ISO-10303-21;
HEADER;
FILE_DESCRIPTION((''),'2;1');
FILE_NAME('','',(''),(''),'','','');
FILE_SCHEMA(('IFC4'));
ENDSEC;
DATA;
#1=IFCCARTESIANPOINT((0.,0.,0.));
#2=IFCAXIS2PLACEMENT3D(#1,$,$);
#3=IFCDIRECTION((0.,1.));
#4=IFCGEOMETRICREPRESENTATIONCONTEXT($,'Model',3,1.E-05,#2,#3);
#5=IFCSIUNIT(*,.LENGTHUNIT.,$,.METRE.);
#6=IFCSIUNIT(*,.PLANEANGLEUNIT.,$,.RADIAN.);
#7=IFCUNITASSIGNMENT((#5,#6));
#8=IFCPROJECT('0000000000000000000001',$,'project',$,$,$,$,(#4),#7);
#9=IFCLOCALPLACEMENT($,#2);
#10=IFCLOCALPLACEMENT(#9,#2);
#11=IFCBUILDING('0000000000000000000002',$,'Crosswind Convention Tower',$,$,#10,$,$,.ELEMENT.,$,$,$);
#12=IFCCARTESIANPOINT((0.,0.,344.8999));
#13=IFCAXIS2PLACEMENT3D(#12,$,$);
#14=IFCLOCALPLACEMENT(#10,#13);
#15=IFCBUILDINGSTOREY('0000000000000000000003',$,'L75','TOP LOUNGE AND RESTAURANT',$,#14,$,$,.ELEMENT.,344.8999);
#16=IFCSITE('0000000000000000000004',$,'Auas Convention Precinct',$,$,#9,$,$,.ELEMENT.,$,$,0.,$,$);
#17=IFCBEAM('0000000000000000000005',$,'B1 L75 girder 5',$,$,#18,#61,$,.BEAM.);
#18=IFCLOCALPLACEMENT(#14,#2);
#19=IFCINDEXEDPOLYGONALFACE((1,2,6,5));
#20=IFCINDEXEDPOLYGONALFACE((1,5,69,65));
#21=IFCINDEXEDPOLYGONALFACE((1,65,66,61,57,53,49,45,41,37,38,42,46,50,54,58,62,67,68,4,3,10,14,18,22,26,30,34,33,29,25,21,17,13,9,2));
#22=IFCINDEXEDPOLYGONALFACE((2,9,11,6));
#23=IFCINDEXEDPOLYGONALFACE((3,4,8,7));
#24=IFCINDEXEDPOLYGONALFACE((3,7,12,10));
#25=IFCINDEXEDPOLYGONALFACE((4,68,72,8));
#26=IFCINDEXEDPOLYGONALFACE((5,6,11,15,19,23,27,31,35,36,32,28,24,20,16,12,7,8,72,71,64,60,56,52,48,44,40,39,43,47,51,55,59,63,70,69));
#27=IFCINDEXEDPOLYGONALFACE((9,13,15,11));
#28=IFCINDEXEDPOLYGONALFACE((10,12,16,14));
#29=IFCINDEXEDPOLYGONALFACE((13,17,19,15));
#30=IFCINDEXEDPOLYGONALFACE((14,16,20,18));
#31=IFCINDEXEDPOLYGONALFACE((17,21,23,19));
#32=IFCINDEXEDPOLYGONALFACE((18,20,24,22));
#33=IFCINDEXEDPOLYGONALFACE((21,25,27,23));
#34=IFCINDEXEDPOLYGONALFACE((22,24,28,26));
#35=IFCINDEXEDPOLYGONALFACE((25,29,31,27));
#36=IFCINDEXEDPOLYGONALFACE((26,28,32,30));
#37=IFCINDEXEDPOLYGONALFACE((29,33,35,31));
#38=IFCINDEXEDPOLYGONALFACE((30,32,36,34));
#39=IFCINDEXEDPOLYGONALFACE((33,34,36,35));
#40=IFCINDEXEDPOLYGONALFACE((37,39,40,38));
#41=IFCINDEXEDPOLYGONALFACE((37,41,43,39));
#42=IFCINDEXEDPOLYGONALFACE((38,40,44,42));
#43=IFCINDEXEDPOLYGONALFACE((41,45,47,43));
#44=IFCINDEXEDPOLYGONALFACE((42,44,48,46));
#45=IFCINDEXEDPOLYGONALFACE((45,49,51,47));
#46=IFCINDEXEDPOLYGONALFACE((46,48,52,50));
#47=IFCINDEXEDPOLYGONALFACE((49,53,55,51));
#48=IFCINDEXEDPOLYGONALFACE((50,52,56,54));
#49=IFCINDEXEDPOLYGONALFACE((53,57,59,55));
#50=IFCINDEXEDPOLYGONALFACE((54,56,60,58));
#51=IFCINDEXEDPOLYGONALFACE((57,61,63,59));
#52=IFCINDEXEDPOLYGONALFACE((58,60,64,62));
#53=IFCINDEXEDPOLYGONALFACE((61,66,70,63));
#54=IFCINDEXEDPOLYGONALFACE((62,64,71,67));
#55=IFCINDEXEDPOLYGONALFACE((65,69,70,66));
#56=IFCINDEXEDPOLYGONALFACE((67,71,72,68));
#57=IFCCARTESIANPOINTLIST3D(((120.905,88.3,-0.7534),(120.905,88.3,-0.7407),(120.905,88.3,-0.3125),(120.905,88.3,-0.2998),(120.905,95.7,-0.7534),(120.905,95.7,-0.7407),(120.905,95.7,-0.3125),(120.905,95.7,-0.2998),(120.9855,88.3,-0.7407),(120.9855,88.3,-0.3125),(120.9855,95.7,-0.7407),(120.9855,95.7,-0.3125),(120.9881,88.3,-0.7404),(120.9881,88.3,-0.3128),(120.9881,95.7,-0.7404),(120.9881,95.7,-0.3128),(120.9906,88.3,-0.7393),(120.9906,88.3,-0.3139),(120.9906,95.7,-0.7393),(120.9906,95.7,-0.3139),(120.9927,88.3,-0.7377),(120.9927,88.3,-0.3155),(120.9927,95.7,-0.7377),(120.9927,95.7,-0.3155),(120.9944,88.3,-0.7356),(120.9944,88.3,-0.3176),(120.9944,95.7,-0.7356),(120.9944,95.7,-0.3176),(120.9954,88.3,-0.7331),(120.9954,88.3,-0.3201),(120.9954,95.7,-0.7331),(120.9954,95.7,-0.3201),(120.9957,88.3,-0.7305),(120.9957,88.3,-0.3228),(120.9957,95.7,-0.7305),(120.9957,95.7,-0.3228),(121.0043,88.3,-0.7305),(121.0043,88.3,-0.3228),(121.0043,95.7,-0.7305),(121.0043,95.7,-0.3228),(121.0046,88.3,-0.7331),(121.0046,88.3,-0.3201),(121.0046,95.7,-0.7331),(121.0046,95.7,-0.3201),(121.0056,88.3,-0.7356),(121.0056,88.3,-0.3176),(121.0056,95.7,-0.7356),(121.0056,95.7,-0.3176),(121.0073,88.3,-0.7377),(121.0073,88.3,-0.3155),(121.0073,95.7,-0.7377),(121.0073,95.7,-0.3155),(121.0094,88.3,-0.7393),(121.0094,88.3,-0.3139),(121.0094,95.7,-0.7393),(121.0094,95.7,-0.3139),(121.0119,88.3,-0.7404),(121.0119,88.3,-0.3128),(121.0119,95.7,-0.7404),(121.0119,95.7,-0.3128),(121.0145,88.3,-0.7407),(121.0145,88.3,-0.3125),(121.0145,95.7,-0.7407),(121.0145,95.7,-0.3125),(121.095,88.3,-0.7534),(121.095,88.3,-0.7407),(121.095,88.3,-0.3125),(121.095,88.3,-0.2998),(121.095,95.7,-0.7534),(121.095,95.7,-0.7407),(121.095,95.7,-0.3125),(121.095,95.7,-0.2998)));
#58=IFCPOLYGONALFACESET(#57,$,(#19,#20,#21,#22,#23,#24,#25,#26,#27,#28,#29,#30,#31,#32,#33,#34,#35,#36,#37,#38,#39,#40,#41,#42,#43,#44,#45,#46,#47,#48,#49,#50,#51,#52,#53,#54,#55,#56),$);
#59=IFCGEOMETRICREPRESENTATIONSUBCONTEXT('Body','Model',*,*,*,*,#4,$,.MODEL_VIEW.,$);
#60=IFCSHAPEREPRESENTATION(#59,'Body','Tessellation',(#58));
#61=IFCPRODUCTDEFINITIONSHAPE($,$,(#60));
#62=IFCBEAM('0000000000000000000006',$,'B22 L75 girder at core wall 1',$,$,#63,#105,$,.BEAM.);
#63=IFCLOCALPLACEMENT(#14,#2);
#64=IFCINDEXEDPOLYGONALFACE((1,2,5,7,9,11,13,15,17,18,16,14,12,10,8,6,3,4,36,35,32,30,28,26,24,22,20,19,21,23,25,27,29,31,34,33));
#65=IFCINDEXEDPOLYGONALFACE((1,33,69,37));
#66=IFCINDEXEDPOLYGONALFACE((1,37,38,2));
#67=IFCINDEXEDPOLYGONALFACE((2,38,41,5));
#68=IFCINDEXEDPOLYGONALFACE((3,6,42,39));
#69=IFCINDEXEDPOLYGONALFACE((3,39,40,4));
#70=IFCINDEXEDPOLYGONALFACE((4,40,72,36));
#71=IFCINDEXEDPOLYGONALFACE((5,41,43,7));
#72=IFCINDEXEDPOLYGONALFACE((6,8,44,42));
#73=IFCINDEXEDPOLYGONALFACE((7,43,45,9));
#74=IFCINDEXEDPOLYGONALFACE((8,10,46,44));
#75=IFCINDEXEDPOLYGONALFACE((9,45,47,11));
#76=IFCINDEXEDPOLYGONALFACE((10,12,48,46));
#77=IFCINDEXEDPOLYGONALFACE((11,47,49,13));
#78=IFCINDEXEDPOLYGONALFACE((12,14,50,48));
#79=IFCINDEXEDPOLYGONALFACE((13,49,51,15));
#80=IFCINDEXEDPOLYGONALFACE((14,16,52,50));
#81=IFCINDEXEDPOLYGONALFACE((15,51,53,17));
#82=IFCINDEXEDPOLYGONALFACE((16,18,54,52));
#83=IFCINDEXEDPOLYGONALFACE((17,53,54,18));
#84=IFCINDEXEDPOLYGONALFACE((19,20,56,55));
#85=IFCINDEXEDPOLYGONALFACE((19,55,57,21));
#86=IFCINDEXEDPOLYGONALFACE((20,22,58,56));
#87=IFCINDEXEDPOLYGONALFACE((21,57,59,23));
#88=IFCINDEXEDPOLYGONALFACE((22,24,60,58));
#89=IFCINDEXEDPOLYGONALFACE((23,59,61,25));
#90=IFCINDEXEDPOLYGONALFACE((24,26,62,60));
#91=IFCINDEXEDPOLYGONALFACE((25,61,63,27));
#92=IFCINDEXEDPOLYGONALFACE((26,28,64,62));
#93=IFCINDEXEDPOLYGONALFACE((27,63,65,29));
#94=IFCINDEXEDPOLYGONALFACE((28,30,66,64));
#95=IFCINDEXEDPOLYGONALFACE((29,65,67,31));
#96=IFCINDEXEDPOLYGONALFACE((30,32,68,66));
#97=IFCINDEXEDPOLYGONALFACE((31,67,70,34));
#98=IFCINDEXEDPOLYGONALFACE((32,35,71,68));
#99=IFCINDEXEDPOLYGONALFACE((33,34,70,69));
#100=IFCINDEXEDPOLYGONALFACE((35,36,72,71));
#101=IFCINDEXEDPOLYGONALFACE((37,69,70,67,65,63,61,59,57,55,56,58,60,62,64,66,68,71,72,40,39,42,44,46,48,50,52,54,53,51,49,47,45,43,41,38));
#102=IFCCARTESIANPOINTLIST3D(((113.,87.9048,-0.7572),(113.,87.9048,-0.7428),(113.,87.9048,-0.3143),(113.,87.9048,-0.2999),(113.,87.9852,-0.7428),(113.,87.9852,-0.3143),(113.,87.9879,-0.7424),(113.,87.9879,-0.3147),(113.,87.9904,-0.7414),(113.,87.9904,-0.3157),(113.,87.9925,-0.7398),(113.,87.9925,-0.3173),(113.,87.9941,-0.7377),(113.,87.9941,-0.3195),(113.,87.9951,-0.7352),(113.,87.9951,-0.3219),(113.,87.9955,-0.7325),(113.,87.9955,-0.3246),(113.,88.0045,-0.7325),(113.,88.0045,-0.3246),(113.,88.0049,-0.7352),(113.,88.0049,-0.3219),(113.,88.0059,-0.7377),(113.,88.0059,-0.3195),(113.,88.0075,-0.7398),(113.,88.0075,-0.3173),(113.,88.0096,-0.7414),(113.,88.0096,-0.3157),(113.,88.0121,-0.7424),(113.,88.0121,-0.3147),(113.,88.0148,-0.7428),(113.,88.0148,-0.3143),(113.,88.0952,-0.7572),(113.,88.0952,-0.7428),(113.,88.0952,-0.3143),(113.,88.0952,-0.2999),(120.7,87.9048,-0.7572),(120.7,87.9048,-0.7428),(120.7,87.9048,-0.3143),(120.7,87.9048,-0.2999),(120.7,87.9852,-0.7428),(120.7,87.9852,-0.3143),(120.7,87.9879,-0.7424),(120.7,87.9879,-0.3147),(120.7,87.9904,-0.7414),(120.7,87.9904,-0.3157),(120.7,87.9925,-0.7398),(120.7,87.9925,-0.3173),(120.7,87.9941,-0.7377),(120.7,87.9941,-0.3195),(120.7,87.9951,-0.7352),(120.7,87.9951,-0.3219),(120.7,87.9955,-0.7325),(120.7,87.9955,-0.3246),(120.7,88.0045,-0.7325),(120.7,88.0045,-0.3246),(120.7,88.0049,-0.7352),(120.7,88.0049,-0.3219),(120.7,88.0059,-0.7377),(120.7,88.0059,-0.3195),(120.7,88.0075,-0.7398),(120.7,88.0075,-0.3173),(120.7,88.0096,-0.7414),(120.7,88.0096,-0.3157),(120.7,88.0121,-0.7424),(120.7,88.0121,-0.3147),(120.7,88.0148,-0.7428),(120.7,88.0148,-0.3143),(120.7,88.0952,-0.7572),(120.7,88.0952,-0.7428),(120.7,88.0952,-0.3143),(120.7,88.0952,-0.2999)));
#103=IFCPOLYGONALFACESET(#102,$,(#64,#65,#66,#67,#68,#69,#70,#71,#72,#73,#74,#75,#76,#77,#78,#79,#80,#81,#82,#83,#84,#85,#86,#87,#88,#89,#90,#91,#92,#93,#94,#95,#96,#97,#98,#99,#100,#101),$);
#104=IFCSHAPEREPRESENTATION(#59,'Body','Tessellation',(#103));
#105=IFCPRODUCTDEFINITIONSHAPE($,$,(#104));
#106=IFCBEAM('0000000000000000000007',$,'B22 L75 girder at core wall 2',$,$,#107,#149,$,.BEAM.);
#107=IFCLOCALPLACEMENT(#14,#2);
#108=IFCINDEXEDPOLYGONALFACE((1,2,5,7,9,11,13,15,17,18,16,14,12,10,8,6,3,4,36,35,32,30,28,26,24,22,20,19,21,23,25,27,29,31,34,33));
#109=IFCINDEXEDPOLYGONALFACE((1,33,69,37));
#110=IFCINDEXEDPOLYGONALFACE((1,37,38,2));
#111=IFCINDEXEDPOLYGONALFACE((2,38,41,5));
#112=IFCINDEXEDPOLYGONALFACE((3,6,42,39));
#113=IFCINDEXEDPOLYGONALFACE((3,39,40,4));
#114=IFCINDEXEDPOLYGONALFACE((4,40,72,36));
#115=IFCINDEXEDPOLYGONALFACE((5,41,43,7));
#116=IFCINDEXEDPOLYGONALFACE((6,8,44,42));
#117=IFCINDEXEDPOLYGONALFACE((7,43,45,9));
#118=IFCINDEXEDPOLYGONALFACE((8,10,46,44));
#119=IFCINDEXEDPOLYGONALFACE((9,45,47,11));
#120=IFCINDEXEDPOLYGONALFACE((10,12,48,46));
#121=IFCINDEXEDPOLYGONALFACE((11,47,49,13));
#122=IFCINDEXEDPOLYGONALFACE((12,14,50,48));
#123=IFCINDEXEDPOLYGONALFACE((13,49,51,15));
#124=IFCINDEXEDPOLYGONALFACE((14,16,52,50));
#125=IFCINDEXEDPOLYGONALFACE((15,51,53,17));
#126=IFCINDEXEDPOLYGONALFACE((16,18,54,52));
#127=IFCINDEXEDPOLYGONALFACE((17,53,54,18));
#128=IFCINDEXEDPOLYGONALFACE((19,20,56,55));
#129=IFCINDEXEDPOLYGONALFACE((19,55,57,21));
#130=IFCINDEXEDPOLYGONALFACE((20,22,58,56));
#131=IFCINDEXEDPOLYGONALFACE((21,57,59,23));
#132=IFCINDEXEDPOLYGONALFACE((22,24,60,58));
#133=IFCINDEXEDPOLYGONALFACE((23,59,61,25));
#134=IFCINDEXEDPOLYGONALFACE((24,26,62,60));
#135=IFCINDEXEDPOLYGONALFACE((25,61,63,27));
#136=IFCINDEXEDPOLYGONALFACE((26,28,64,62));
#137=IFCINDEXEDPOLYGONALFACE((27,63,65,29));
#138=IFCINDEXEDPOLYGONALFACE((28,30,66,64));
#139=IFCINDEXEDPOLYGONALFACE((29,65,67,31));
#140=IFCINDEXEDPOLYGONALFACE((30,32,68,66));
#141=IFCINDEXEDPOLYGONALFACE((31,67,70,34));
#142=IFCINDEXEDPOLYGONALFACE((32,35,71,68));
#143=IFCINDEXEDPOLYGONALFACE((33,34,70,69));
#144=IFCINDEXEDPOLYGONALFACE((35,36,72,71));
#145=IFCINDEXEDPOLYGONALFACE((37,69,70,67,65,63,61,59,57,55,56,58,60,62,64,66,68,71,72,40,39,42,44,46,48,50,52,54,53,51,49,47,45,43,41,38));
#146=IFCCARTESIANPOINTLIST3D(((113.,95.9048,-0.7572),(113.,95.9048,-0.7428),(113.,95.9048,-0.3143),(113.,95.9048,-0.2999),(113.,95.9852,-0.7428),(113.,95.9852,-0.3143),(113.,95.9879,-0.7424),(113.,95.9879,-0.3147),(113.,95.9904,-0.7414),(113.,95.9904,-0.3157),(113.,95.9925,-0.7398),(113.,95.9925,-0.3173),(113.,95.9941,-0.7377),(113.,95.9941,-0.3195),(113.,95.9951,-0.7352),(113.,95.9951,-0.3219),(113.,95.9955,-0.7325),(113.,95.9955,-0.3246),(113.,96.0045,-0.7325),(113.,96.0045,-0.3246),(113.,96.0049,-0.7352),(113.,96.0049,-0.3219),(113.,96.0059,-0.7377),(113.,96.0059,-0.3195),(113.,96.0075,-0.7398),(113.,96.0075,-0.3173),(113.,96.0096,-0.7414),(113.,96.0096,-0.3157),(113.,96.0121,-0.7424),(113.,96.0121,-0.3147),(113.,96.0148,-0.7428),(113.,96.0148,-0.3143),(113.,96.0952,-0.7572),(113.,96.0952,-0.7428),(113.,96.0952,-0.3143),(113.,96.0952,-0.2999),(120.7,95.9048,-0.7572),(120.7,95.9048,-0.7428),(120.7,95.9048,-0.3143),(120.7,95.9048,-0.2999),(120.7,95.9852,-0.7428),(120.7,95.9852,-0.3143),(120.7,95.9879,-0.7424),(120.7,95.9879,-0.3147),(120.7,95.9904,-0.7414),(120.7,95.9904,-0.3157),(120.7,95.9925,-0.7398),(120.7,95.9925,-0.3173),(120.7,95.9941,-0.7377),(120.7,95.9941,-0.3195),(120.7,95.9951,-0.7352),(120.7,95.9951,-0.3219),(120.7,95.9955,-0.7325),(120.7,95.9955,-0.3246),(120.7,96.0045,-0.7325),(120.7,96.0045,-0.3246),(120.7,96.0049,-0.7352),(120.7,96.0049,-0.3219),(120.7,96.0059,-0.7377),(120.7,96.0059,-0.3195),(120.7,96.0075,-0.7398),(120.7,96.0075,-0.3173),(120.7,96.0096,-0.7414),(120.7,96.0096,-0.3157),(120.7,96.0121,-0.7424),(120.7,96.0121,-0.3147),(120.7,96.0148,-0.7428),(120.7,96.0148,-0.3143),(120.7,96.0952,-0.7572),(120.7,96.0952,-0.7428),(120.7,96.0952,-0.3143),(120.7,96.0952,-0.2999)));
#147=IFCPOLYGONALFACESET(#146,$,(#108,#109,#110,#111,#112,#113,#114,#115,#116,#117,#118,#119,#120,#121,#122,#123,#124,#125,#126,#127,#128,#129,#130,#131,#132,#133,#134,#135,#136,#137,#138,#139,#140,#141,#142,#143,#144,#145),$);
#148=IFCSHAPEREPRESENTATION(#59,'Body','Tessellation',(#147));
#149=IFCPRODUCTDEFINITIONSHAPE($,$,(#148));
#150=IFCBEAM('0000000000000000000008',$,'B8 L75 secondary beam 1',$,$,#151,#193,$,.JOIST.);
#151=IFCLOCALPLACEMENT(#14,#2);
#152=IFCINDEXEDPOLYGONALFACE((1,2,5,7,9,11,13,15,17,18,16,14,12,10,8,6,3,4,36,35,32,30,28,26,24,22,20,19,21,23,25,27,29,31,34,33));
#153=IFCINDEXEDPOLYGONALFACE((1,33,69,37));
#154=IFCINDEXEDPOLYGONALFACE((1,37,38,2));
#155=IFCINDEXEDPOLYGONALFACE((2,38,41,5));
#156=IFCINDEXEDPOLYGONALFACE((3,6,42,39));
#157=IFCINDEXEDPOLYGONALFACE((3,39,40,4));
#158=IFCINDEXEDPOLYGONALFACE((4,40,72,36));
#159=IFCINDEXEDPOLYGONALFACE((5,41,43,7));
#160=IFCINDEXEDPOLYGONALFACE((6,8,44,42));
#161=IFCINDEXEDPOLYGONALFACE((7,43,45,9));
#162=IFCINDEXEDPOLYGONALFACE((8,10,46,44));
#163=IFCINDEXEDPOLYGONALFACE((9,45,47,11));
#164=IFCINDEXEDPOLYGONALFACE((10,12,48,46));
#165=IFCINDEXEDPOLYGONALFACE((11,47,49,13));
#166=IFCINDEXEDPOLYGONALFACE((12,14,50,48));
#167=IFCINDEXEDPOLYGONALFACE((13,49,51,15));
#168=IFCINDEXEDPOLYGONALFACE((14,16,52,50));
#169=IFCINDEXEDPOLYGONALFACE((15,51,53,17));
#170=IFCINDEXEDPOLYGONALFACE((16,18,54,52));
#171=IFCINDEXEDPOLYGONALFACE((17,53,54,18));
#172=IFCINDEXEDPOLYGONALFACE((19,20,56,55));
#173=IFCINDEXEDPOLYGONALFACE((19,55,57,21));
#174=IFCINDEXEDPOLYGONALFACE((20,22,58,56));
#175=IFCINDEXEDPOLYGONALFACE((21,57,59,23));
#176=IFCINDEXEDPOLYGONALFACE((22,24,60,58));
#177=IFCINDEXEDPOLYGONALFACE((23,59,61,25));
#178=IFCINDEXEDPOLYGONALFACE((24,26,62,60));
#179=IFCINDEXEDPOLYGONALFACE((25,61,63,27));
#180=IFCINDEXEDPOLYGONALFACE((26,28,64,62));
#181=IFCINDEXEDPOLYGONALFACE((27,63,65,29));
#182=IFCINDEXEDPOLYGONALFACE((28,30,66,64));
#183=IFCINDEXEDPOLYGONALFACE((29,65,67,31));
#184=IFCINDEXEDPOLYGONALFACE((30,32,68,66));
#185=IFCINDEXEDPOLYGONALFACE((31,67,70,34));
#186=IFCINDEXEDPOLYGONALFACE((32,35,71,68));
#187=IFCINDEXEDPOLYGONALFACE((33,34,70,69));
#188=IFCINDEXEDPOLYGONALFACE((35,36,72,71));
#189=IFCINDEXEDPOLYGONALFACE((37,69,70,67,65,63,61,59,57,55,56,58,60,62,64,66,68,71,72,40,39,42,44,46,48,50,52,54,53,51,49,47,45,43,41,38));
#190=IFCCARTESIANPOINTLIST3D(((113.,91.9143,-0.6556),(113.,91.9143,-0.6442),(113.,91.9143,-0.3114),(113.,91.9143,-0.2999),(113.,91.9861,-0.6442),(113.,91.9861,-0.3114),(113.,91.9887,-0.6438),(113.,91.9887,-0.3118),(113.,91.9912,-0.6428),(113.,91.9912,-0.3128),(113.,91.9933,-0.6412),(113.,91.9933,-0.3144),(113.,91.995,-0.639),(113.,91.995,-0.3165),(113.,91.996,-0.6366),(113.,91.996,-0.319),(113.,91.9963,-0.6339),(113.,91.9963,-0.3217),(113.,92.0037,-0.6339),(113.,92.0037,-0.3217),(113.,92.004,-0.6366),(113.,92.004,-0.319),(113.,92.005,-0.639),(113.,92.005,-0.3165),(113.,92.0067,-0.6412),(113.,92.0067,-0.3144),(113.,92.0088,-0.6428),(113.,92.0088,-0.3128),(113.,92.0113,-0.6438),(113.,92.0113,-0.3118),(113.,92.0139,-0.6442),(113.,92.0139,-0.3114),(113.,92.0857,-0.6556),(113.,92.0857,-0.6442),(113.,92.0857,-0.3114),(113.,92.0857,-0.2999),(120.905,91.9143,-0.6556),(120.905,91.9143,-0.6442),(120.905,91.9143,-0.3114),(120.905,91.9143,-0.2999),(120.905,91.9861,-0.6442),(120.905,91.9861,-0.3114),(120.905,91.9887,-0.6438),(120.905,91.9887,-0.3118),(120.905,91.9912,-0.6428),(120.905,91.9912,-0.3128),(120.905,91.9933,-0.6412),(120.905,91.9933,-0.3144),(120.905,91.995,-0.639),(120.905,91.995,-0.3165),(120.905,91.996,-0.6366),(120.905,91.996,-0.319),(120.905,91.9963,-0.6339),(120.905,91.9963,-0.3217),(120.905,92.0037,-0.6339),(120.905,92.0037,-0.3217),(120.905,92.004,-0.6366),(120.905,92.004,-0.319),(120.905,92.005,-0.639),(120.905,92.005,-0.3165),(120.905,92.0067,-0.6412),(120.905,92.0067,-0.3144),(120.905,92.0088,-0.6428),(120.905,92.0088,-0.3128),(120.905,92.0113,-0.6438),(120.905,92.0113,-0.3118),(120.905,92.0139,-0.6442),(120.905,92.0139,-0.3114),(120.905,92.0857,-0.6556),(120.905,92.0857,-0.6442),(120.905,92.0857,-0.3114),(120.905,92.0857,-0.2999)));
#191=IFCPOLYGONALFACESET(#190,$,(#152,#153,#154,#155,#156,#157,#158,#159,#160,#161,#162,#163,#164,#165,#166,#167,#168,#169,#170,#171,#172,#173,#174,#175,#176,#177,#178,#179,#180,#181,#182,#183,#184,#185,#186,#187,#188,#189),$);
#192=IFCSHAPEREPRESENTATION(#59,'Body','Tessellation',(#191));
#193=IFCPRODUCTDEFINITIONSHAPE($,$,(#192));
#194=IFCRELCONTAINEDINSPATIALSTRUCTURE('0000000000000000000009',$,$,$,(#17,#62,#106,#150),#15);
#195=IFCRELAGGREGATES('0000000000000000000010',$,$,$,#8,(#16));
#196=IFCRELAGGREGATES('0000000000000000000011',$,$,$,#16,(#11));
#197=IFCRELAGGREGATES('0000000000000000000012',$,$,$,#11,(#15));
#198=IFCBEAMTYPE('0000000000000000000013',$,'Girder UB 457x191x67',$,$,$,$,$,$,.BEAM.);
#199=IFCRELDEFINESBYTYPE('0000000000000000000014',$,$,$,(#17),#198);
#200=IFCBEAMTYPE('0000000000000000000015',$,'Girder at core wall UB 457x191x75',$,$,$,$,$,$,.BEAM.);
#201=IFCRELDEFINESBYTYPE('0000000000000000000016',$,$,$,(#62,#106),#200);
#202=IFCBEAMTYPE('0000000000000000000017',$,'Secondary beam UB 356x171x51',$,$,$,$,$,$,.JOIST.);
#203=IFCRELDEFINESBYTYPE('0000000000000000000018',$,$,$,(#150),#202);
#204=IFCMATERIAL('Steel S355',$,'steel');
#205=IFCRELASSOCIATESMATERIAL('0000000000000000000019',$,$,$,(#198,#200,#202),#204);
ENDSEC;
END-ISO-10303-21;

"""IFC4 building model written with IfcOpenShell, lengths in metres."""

from ifc_helpers import new_model, si_unit, direction, frame, origin, origin_2d, place, context, subcontext, project, spatial, i_section, extrude, material, material_profile, profile_set, type_object, element, save


model = new_model("IFC4")

# Units and contexts
model_context = context("Model", 3, precision=1e-05, world=origin(), true_north=direction((0.0, 1.0)))
body_context = subcontext(model_context, "Body", "Model", "MODEL_VIEW")
ifc_project = project(units=[si_unit("LENGTHUNIT", "METRE"), si_unit("PLANEANGLEUNIT", "RADIAN")], contexts=[model_context])

# Site, building, storey
site_placement = place(None, origin())
site = spatial("IfcSite", under=ifc_project, at=site_placement, Name="Auas Convention Precinct", CompositionType="ELEMENT", RefElevation=0.0)
building_placement = place(site_placement, origin())
building = spatial("IfcBuilding", under=site, at=building_placement, Name="Crosswind Convention Tower", CompositionType="ELEMENT")
storey_placement = place(building_placement, frame((0.0, 0.0, 344.8999)))
storey = spatial("IfcBuildingStorey", under=building, at=storey_placement, Name="L75", Description="TOP LOUNGE AND RESTAURANT", CompositionType="ELEMENT", Elevation=344.8999)

# Beams
ifc_material_1 = material(Name="Steel S355", Category="steel")
ifc_material_profile_1 = material_profile(ifc_material_1, i_section(OverallWidth=0.1899, OverallDepth=0.4536, WebThickness=0.0085, FlangeThickness=0.0127, FilletRadius=0.0103, at=origin_2d()), Name="UB 457x191x67")
ifc_profile_set_1 = profile_set([ifc_material_profile_1], Name="Steel S355")
beam_type_1 = type_object("IfcBeamType", Name="Girder UB 457x191x67", PredefinedType="BEAM", material=ifc_profile_set_1)
for number, where, z_axis, x_axis, name in (
    (1, (121.0, 88.3, -0.5266), (0.0, 1.0, 0.0), (-1.0, 0.0, 0.0), "B1 L75 girder 5"),
):
    element("IfcBeam", number, at=place(storey_placement, frame(where, z_axis=z_axis, x_axis=x_axis)), inside=storey, type_object=beam_type_1, Name=name, PredefinedType="BEAM", context=body_context, shape_type="SweptSolid", body=[
        extrude(i_section(OverallWidth=0.1899, OverallDepth=0.4536, WebThickness=0.0085, FlangeThickness=0.0127, FilletRadius=0.0103, at=origin_2d()), origin(), (0.0, 0.0, 1.0), 7.3999),
    ])
ifc_material_profile_2 = material_profile(ifc_material_1, i_section(OverallWidth=0.1904, OverallDepth=0.4573, WebThickness=0.009, FlangeThickness=0.0144, FilletRadius=0.0103, at=origin_2d()), Name="UB 457x191x75")
ifc_profile_set_2 = profile_set([ifc_material_profile_2], Name="Steel S355")
beam_type_2 = type_object("IfcBeamType", Name="Girder at core wall UB 457x191x75", PredefinedType="BEAM", material=ifc_profile_set_2)
for number, where, z_axis, x_axis, name in (
    (2, (113.0, 88.0, -0.5286), (1.0, 0.0, 0.0), (0.0, 1.0, 0.0), "B22 L75 girder at core wall 1"),
    (3, (113.0, 96.0, -0.5286), (1.0, 0.0, 0.0), (0.0, 1.0, 0.0), "B22 L75 girder at core wall 2"),
):
    element("IfcBeam", number, at=place(storey_placement, frame(where, z_axis=z_axis, x_axis=x_axis)), inside=storey, type_object=beam_type_2, Name=name, PredefinedType="BEAM", context=body_context, shape_type="SweptSolid", body=[
        extrude(i_section(OverallWidth=0.1904, OverallDepth=0.4573, WebThickness=0.009, FlangeThickness=0.0144, FilletRadius=0.0103, at=origin_2d()), origin(), (0.0, 0.0, 1.0), 7.7),
    ])
ifc_material_profile_3 = material_profile(ifc_material_1, i_section(OverallWidth=0.1714, OverallDepth=0.3557, WebThickness=0.0073, FlangeThickness=0.0115, FilletRadius=0.0103, at=origin_2d()), Name="UB 356x171x51")
ifc_profile_set_3 = profile_set([ifc_material_profile_3], Name="Steel S355")
beam_type_3 = type_object("IfcBeamType", Name="Secondary beam UB 356x171x51", PredefinedType="JOIST", material=ifc_profile_set_3)
beam_1_placement = place(storey_placement, frame((113.0, 92.0, -0.4778), z_axis=(1.0, 0.0, 0.0), x_axis=(0.0, 1.0, 0.0)))
element("IfcBeam", 4, at=beam_1_placement, inside=storey, type_object=beam_type_3, Name="B8 L75 secondary beam 1", PredefinedType="JOIST", context=body_context, shape_type="SweptSolid", body=[
    extrude(i_section(OverallWidth=0.1714, OverallDepth=0.3557, WebThickness=0.0073, FlangeThickness=0.0115, FilletRadius=0.0103, at=origin_2d()), origin(), (0.0, 0.0, 1.0), 7.905),
])

save(model, "model.ifc")
